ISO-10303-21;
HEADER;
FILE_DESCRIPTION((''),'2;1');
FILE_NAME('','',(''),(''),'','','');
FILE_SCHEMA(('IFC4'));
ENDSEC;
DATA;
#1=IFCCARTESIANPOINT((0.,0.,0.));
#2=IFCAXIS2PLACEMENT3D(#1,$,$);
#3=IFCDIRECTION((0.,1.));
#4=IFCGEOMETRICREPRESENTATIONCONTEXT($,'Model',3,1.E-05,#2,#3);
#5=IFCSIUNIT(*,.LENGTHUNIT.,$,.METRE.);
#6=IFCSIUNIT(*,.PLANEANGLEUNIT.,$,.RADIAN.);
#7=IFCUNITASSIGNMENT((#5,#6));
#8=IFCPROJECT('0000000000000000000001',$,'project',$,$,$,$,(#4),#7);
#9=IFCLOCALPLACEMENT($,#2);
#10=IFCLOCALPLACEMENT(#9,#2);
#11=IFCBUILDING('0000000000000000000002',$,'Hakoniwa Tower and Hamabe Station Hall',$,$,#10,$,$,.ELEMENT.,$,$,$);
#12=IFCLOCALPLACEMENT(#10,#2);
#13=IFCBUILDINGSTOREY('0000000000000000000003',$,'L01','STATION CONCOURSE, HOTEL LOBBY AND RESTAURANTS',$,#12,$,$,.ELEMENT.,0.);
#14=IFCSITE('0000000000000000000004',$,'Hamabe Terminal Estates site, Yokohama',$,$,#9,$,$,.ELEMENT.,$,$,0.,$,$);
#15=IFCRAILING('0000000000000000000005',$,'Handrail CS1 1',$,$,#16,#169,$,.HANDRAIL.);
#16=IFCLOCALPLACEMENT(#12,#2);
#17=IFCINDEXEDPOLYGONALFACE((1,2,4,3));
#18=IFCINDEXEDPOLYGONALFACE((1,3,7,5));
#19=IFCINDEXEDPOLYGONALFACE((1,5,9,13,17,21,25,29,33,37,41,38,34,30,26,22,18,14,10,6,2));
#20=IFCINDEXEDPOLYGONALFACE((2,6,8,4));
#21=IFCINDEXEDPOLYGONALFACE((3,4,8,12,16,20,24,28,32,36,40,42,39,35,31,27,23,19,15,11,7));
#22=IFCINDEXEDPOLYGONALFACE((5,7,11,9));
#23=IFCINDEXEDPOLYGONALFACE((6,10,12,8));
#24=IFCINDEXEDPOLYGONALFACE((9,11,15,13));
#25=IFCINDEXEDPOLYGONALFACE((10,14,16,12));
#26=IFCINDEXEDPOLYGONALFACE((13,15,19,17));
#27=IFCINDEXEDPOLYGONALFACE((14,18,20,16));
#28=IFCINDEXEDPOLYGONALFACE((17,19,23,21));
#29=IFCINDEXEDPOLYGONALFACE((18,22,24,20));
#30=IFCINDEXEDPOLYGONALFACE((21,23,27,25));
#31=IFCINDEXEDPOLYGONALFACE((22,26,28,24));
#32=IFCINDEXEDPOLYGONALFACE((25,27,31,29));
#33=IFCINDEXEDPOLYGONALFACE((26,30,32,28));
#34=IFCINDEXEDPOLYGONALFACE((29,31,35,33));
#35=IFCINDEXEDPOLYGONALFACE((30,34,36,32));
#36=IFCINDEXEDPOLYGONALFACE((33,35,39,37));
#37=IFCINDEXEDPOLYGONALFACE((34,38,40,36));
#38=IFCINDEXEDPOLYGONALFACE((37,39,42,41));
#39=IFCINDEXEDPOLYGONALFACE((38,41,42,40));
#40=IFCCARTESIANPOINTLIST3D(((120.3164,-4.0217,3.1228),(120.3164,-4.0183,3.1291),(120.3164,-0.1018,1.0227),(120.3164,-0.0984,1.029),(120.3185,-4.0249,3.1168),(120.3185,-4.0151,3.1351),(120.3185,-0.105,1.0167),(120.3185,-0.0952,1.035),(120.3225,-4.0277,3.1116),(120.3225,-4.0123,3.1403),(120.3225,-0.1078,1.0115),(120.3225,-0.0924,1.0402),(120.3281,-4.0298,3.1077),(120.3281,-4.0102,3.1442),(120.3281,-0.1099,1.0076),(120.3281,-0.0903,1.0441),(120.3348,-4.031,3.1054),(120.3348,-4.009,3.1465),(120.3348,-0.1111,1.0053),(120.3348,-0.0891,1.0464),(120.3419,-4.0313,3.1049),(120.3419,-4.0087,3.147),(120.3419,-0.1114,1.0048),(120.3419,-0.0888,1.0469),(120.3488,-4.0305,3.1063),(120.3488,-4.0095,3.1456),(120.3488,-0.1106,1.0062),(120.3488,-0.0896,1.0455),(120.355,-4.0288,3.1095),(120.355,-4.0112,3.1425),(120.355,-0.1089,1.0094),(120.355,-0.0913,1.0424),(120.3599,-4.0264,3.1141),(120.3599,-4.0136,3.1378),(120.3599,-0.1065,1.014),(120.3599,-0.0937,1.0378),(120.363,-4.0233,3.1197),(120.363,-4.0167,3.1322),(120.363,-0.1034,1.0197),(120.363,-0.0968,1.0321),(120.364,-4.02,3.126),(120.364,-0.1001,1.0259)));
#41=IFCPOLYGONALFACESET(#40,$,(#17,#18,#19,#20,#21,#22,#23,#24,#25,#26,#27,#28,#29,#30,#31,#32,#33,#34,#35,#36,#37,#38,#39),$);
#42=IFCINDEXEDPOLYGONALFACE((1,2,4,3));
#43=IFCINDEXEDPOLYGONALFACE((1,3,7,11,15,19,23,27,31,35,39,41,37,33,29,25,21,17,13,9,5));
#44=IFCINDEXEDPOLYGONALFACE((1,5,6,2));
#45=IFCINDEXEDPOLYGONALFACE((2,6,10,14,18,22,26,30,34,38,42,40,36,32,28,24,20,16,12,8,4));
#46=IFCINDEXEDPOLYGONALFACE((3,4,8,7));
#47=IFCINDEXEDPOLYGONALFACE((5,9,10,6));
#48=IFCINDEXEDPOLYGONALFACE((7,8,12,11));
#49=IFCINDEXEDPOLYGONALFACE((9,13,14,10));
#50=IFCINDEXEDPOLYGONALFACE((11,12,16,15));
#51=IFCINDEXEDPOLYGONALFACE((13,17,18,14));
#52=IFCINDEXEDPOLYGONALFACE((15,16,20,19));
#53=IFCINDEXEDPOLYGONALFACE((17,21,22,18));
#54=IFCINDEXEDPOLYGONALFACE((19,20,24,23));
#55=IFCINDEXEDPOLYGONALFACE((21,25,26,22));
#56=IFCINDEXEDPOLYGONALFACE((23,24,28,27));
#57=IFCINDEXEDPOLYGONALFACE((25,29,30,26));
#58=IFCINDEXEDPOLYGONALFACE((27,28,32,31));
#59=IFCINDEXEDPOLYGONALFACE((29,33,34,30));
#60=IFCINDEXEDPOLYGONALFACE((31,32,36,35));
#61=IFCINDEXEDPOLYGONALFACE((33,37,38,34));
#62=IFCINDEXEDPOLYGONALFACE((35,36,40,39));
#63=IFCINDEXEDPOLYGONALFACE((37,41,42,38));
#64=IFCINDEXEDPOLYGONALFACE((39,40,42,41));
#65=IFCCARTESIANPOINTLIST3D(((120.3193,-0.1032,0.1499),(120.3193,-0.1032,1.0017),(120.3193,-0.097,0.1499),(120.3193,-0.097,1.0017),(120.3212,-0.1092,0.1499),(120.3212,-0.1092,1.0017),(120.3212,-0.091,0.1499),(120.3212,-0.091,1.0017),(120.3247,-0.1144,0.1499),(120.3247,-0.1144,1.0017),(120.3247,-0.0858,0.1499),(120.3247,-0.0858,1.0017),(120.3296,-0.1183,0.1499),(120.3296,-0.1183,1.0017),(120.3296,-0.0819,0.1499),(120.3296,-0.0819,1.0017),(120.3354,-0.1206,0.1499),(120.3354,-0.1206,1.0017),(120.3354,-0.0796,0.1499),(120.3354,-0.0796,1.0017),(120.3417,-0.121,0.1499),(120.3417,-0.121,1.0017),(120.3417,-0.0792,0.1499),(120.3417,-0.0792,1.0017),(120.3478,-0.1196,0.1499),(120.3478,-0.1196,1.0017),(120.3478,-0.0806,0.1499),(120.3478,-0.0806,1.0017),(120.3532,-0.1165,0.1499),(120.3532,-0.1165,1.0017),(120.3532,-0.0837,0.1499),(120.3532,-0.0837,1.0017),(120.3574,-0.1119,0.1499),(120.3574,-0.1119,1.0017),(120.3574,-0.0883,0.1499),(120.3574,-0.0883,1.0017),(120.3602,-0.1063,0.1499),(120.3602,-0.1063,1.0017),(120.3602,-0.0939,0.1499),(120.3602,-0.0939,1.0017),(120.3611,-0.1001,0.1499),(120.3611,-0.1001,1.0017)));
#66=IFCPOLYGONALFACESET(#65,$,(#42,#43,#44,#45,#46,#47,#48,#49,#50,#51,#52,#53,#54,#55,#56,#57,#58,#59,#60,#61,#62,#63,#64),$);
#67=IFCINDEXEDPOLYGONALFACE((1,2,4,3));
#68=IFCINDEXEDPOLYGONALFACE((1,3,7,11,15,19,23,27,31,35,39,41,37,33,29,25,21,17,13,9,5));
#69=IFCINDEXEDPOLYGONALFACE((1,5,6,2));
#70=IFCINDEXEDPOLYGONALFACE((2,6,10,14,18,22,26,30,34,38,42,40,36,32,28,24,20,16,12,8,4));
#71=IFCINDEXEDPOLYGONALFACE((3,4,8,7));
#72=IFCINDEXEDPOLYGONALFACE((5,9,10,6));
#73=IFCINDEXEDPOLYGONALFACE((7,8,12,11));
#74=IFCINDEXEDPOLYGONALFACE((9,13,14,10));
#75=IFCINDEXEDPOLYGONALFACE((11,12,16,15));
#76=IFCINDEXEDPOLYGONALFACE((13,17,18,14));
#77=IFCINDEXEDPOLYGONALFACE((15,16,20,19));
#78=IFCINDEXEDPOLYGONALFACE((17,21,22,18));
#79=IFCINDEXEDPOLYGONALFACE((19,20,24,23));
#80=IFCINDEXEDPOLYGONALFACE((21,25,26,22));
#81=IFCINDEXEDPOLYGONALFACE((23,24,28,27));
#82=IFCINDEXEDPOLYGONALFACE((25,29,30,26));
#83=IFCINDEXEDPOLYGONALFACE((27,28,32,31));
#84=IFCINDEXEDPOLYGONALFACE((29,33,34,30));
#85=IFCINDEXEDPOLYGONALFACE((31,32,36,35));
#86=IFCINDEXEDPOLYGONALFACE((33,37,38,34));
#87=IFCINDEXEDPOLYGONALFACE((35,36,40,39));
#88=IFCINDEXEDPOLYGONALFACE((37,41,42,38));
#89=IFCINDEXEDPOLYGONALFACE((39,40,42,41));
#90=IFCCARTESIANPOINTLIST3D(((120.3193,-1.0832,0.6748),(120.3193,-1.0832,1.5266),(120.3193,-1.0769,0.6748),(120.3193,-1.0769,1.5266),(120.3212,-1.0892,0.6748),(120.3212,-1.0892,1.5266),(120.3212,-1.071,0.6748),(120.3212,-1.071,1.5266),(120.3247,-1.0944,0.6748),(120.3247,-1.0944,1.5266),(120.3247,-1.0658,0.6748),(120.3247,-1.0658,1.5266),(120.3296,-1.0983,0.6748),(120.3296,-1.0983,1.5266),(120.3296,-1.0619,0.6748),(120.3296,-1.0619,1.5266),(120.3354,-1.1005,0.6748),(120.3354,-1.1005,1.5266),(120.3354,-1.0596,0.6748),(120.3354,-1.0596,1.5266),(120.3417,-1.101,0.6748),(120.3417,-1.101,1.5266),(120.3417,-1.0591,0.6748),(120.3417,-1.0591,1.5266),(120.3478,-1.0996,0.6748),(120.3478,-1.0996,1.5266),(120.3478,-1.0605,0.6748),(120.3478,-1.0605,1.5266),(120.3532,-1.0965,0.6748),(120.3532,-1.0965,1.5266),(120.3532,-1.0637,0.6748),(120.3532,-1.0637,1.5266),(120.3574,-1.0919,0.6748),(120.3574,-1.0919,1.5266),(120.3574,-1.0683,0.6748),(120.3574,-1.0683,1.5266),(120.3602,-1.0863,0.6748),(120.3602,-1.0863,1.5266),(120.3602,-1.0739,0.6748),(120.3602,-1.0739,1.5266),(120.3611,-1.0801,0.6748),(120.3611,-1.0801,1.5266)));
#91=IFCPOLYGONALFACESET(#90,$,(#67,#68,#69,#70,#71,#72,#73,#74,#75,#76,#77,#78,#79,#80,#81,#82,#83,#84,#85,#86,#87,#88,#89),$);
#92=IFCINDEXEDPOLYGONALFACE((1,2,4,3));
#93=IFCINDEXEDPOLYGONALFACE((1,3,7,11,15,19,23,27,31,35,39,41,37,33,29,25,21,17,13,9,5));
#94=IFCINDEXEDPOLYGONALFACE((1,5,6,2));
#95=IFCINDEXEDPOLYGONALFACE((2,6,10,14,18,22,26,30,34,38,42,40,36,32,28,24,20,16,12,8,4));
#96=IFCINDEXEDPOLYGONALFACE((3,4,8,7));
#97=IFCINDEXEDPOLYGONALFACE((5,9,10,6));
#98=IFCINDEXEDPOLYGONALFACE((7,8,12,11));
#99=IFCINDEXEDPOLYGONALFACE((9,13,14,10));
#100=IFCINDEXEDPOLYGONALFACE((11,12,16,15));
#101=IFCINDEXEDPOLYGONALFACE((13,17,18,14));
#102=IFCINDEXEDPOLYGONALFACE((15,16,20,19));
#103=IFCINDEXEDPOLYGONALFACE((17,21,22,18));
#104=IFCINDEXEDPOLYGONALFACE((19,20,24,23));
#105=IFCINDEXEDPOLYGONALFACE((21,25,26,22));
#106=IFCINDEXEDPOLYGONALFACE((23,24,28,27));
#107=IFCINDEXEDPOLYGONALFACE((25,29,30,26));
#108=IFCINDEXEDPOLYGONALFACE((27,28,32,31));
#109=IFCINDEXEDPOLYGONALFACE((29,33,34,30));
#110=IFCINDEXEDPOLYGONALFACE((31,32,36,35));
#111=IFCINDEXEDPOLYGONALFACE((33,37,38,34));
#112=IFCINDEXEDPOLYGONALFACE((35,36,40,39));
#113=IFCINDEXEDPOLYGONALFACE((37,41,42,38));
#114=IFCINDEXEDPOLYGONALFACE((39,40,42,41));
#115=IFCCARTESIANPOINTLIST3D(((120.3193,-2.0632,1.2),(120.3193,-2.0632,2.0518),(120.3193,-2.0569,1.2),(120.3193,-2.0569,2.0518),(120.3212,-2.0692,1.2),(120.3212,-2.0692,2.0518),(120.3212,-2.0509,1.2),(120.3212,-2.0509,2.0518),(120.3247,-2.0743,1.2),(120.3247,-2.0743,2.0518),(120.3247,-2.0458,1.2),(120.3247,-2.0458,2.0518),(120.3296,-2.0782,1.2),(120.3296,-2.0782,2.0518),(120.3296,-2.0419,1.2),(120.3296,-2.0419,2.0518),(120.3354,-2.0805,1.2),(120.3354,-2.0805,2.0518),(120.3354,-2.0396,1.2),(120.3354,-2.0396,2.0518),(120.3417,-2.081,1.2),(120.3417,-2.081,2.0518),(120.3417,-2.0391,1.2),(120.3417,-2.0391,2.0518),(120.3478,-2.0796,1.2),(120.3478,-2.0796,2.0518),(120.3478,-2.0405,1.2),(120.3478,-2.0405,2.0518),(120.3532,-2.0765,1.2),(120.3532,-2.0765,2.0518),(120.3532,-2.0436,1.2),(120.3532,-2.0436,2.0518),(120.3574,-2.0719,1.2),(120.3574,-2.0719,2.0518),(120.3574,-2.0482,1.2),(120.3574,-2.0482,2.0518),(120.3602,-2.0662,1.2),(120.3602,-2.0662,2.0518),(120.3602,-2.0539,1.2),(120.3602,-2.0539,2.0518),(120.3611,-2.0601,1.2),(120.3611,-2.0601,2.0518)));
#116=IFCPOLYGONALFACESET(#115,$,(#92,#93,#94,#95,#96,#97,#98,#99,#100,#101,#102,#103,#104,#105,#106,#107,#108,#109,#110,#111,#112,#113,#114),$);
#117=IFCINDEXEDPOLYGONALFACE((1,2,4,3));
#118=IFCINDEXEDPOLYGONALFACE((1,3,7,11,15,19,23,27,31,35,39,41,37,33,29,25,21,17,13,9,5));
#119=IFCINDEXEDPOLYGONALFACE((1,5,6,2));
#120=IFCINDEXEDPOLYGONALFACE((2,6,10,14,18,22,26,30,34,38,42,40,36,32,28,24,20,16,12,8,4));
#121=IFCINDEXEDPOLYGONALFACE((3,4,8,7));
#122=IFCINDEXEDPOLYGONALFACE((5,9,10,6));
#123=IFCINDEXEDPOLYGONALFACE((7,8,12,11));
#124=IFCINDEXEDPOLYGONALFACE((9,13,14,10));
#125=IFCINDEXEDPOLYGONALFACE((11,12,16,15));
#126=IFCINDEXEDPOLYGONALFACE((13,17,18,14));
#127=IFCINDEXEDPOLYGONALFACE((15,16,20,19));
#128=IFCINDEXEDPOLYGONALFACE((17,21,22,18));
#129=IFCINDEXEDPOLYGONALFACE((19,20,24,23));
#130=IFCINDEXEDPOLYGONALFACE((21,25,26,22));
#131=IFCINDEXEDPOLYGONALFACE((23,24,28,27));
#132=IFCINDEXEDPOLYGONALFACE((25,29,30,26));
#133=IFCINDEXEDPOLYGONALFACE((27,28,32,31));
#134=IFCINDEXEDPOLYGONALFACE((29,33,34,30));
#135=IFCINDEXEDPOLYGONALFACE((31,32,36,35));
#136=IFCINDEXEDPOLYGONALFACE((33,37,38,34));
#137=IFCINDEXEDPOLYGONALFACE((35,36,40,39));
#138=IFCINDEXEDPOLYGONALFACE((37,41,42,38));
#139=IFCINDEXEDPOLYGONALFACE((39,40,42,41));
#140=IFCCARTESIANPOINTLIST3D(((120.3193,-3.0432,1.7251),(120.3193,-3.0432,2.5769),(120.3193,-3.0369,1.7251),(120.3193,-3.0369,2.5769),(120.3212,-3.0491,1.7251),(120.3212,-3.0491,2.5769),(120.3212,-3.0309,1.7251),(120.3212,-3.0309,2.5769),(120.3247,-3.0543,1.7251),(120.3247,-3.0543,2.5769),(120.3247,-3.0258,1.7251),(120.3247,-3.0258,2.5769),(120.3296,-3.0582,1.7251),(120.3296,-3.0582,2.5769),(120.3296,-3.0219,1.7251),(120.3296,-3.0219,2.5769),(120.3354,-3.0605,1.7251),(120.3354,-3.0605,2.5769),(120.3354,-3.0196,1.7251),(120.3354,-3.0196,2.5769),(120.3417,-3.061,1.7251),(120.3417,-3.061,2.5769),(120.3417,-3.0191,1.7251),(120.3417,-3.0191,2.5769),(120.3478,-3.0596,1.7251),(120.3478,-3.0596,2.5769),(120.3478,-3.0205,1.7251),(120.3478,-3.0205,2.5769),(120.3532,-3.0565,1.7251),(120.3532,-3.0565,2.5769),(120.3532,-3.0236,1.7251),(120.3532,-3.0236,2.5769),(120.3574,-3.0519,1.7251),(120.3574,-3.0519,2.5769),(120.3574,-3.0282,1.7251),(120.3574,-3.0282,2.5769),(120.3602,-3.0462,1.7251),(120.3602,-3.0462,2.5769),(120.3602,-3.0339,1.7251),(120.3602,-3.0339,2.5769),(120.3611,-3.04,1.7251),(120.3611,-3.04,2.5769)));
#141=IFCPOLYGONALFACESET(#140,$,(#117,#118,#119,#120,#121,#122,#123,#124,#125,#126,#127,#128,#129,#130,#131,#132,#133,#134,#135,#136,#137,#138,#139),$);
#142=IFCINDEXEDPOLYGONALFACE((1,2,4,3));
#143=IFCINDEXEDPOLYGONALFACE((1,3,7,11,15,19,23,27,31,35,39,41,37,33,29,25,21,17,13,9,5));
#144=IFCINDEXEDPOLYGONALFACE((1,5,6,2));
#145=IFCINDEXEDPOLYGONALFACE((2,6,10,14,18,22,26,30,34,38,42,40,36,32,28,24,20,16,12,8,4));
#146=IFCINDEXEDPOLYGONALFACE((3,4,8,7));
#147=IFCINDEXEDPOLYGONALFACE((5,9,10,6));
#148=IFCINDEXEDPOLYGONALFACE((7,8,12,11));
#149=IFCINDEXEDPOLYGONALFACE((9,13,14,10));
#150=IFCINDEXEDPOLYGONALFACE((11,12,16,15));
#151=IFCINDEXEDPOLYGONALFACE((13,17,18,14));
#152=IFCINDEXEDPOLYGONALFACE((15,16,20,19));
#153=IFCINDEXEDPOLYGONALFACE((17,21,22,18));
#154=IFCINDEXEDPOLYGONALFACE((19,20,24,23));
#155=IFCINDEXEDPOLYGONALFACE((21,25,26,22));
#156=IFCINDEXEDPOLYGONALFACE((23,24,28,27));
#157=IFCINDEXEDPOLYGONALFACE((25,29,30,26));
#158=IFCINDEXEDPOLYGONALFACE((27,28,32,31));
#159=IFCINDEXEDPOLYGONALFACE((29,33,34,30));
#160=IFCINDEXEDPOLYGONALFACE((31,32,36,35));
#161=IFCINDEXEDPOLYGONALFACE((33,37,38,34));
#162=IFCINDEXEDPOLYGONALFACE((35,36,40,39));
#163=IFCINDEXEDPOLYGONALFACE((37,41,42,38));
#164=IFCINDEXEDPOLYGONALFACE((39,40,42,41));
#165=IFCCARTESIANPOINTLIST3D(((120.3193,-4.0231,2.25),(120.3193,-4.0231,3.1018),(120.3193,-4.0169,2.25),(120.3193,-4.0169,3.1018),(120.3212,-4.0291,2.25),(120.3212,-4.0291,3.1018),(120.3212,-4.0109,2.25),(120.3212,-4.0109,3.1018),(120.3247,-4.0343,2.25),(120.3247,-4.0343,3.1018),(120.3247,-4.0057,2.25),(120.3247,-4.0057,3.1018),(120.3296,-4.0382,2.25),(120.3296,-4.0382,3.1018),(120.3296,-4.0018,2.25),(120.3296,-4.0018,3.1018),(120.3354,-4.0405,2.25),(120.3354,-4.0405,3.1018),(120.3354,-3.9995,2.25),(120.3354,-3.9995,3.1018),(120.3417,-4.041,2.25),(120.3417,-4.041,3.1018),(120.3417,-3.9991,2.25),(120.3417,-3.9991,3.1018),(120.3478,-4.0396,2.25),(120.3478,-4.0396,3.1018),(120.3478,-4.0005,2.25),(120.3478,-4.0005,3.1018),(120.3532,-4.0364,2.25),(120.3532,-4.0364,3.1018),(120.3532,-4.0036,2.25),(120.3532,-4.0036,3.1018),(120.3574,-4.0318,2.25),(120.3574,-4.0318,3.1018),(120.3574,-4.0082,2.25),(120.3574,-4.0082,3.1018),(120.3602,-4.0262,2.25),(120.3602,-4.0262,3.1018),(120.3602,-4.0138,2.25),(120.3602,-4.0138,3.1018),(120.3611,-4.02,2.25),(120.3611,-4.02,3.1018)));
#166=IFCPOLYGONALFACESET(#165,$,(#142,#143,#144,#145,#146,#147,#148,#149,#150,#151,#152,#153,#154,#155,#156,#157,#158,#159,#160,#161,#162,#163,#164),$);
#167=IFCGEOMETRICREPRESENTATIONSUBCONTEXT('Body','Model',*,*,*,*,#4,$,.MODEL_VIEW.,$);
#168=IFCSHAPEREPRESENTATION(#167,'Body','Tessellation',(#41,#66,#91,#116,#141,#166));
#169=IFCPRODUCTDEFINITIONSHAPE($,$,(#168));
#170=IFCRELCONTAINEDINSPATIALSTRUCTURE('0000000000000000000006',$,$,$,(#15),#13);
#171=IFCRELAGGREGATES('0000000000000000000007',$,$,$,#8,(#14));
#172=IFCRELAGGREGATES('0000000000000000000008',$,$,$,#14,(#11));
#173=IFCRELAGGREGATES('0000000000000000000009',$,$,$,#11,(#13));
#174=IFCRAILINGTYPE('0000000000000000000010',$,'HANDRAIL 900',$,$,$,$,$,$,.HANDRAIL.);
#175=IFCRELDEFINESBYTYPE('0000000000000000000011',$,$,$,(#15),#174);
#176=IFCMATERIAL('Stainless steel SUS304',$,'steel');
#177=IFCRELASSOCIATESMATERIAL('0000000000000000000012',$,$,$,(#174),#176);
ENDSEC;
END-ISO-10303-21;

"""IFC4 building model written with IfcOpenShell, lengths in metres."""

from ifc_helpers import new_model, si_unit, direction, frame, origin, origin_2d, place, context, subcontext, project, spatial, circle, extrude, material, type_object, element, save


model = new_model("IFC4")

# Units and contexts
model_context = context("Model", 3, precision=1e-05, world=origin(), true_north=direction((0.0, 1.0)))
body_context = subcontext(model_context, "Body", "Model", "MODEL_VIEW")
ifc_project = project(units=[si_unit("LENGTHUNIT", "METRE"), si_unit("PLANEANGLEUNIT", "RADIAN")], contexts=[model_context])

# Site, building, storey
site_placement = place(None, origin())
site = spatial("IfcSite", under=ifc_project, at=site_placement, Name="Hamabe Terminal Estates site, Yokohama", CompositionType="ELEMENT", RefElevation=0.0)
building_placement = place(site_placement, origin())
building = spatial("IfcBuilding", under=site, at=building_placement, Name="Hakoniwa Tower and Hamabe Station Hall", CompositionType="ELEMENT")
storey_placement = place(building_placement, origin())
storey = spatial("IfcBuildingStorey", under=building, at=storey_placement, Name="L01", Description="STATION CONCOURSE, HOTEL LOBBY AND RESTAURANTS", CompositionType="ELEMENT", Elevation=0.0)

# Railing
ifc_material_1 = material(Name="Stainless steel SUS304", Category="steel")
railing_type_1 = type_object("IfcRailingType", Name="HANDRAIL 900", PredefinedType="HANDRAIL", material=ifc_material_1)
for number, where, name in (
    (1, (120.3401, -0.1001, 0.1499), "Handrail CS1 1"),
):
    element("IfcRailing", number, at=place(storey_placement, frame(where)), inside=storey, type_object=railing_type_1, Name=name, PredefinedType="HANDRAIL", context=body_context, shape_type="SweptSolid", body=[
        extrude(circle(Radius=0.0239, at=origin_2d()), frame((0.0, 0.0, 0.876), z_axis=(0.0, -0.881467, 0.472246), x_axis=(1.0, 0.0, 0.0)), (0.0, 0.0, 1.0), 4.447),
        extrude(circle(Radius=0.021, at=origin_2d()), origin(), (0.0, 0.0, 1.0), 0.8518),
        extrude(circle(Radius=0.021, at=origin_2d()), frame((0.0, -0.98, 0.5249)), (0.0, 0.0, 1.0), 0.8518),
        extrude(circle(Radius=0.021, at=origin_2d()), frame((0.0, -1.96, 1.05)), (0.0, 0.0, 1.0), 0.8518),
        extrude(circle(Radius=0.021, at=origin_2d()), frame((0.0, -2.9399, 1.5752)), (0.0, 0.0, 1.0), 0.8518),
        extrude(circle(Radius=0.021, at=origin_2d()), frame((0.0, -3.9199, 2.1001)), (0.0, 0.0, 1.0), 0.8518),
    ])

save(model, "model.ifc")
